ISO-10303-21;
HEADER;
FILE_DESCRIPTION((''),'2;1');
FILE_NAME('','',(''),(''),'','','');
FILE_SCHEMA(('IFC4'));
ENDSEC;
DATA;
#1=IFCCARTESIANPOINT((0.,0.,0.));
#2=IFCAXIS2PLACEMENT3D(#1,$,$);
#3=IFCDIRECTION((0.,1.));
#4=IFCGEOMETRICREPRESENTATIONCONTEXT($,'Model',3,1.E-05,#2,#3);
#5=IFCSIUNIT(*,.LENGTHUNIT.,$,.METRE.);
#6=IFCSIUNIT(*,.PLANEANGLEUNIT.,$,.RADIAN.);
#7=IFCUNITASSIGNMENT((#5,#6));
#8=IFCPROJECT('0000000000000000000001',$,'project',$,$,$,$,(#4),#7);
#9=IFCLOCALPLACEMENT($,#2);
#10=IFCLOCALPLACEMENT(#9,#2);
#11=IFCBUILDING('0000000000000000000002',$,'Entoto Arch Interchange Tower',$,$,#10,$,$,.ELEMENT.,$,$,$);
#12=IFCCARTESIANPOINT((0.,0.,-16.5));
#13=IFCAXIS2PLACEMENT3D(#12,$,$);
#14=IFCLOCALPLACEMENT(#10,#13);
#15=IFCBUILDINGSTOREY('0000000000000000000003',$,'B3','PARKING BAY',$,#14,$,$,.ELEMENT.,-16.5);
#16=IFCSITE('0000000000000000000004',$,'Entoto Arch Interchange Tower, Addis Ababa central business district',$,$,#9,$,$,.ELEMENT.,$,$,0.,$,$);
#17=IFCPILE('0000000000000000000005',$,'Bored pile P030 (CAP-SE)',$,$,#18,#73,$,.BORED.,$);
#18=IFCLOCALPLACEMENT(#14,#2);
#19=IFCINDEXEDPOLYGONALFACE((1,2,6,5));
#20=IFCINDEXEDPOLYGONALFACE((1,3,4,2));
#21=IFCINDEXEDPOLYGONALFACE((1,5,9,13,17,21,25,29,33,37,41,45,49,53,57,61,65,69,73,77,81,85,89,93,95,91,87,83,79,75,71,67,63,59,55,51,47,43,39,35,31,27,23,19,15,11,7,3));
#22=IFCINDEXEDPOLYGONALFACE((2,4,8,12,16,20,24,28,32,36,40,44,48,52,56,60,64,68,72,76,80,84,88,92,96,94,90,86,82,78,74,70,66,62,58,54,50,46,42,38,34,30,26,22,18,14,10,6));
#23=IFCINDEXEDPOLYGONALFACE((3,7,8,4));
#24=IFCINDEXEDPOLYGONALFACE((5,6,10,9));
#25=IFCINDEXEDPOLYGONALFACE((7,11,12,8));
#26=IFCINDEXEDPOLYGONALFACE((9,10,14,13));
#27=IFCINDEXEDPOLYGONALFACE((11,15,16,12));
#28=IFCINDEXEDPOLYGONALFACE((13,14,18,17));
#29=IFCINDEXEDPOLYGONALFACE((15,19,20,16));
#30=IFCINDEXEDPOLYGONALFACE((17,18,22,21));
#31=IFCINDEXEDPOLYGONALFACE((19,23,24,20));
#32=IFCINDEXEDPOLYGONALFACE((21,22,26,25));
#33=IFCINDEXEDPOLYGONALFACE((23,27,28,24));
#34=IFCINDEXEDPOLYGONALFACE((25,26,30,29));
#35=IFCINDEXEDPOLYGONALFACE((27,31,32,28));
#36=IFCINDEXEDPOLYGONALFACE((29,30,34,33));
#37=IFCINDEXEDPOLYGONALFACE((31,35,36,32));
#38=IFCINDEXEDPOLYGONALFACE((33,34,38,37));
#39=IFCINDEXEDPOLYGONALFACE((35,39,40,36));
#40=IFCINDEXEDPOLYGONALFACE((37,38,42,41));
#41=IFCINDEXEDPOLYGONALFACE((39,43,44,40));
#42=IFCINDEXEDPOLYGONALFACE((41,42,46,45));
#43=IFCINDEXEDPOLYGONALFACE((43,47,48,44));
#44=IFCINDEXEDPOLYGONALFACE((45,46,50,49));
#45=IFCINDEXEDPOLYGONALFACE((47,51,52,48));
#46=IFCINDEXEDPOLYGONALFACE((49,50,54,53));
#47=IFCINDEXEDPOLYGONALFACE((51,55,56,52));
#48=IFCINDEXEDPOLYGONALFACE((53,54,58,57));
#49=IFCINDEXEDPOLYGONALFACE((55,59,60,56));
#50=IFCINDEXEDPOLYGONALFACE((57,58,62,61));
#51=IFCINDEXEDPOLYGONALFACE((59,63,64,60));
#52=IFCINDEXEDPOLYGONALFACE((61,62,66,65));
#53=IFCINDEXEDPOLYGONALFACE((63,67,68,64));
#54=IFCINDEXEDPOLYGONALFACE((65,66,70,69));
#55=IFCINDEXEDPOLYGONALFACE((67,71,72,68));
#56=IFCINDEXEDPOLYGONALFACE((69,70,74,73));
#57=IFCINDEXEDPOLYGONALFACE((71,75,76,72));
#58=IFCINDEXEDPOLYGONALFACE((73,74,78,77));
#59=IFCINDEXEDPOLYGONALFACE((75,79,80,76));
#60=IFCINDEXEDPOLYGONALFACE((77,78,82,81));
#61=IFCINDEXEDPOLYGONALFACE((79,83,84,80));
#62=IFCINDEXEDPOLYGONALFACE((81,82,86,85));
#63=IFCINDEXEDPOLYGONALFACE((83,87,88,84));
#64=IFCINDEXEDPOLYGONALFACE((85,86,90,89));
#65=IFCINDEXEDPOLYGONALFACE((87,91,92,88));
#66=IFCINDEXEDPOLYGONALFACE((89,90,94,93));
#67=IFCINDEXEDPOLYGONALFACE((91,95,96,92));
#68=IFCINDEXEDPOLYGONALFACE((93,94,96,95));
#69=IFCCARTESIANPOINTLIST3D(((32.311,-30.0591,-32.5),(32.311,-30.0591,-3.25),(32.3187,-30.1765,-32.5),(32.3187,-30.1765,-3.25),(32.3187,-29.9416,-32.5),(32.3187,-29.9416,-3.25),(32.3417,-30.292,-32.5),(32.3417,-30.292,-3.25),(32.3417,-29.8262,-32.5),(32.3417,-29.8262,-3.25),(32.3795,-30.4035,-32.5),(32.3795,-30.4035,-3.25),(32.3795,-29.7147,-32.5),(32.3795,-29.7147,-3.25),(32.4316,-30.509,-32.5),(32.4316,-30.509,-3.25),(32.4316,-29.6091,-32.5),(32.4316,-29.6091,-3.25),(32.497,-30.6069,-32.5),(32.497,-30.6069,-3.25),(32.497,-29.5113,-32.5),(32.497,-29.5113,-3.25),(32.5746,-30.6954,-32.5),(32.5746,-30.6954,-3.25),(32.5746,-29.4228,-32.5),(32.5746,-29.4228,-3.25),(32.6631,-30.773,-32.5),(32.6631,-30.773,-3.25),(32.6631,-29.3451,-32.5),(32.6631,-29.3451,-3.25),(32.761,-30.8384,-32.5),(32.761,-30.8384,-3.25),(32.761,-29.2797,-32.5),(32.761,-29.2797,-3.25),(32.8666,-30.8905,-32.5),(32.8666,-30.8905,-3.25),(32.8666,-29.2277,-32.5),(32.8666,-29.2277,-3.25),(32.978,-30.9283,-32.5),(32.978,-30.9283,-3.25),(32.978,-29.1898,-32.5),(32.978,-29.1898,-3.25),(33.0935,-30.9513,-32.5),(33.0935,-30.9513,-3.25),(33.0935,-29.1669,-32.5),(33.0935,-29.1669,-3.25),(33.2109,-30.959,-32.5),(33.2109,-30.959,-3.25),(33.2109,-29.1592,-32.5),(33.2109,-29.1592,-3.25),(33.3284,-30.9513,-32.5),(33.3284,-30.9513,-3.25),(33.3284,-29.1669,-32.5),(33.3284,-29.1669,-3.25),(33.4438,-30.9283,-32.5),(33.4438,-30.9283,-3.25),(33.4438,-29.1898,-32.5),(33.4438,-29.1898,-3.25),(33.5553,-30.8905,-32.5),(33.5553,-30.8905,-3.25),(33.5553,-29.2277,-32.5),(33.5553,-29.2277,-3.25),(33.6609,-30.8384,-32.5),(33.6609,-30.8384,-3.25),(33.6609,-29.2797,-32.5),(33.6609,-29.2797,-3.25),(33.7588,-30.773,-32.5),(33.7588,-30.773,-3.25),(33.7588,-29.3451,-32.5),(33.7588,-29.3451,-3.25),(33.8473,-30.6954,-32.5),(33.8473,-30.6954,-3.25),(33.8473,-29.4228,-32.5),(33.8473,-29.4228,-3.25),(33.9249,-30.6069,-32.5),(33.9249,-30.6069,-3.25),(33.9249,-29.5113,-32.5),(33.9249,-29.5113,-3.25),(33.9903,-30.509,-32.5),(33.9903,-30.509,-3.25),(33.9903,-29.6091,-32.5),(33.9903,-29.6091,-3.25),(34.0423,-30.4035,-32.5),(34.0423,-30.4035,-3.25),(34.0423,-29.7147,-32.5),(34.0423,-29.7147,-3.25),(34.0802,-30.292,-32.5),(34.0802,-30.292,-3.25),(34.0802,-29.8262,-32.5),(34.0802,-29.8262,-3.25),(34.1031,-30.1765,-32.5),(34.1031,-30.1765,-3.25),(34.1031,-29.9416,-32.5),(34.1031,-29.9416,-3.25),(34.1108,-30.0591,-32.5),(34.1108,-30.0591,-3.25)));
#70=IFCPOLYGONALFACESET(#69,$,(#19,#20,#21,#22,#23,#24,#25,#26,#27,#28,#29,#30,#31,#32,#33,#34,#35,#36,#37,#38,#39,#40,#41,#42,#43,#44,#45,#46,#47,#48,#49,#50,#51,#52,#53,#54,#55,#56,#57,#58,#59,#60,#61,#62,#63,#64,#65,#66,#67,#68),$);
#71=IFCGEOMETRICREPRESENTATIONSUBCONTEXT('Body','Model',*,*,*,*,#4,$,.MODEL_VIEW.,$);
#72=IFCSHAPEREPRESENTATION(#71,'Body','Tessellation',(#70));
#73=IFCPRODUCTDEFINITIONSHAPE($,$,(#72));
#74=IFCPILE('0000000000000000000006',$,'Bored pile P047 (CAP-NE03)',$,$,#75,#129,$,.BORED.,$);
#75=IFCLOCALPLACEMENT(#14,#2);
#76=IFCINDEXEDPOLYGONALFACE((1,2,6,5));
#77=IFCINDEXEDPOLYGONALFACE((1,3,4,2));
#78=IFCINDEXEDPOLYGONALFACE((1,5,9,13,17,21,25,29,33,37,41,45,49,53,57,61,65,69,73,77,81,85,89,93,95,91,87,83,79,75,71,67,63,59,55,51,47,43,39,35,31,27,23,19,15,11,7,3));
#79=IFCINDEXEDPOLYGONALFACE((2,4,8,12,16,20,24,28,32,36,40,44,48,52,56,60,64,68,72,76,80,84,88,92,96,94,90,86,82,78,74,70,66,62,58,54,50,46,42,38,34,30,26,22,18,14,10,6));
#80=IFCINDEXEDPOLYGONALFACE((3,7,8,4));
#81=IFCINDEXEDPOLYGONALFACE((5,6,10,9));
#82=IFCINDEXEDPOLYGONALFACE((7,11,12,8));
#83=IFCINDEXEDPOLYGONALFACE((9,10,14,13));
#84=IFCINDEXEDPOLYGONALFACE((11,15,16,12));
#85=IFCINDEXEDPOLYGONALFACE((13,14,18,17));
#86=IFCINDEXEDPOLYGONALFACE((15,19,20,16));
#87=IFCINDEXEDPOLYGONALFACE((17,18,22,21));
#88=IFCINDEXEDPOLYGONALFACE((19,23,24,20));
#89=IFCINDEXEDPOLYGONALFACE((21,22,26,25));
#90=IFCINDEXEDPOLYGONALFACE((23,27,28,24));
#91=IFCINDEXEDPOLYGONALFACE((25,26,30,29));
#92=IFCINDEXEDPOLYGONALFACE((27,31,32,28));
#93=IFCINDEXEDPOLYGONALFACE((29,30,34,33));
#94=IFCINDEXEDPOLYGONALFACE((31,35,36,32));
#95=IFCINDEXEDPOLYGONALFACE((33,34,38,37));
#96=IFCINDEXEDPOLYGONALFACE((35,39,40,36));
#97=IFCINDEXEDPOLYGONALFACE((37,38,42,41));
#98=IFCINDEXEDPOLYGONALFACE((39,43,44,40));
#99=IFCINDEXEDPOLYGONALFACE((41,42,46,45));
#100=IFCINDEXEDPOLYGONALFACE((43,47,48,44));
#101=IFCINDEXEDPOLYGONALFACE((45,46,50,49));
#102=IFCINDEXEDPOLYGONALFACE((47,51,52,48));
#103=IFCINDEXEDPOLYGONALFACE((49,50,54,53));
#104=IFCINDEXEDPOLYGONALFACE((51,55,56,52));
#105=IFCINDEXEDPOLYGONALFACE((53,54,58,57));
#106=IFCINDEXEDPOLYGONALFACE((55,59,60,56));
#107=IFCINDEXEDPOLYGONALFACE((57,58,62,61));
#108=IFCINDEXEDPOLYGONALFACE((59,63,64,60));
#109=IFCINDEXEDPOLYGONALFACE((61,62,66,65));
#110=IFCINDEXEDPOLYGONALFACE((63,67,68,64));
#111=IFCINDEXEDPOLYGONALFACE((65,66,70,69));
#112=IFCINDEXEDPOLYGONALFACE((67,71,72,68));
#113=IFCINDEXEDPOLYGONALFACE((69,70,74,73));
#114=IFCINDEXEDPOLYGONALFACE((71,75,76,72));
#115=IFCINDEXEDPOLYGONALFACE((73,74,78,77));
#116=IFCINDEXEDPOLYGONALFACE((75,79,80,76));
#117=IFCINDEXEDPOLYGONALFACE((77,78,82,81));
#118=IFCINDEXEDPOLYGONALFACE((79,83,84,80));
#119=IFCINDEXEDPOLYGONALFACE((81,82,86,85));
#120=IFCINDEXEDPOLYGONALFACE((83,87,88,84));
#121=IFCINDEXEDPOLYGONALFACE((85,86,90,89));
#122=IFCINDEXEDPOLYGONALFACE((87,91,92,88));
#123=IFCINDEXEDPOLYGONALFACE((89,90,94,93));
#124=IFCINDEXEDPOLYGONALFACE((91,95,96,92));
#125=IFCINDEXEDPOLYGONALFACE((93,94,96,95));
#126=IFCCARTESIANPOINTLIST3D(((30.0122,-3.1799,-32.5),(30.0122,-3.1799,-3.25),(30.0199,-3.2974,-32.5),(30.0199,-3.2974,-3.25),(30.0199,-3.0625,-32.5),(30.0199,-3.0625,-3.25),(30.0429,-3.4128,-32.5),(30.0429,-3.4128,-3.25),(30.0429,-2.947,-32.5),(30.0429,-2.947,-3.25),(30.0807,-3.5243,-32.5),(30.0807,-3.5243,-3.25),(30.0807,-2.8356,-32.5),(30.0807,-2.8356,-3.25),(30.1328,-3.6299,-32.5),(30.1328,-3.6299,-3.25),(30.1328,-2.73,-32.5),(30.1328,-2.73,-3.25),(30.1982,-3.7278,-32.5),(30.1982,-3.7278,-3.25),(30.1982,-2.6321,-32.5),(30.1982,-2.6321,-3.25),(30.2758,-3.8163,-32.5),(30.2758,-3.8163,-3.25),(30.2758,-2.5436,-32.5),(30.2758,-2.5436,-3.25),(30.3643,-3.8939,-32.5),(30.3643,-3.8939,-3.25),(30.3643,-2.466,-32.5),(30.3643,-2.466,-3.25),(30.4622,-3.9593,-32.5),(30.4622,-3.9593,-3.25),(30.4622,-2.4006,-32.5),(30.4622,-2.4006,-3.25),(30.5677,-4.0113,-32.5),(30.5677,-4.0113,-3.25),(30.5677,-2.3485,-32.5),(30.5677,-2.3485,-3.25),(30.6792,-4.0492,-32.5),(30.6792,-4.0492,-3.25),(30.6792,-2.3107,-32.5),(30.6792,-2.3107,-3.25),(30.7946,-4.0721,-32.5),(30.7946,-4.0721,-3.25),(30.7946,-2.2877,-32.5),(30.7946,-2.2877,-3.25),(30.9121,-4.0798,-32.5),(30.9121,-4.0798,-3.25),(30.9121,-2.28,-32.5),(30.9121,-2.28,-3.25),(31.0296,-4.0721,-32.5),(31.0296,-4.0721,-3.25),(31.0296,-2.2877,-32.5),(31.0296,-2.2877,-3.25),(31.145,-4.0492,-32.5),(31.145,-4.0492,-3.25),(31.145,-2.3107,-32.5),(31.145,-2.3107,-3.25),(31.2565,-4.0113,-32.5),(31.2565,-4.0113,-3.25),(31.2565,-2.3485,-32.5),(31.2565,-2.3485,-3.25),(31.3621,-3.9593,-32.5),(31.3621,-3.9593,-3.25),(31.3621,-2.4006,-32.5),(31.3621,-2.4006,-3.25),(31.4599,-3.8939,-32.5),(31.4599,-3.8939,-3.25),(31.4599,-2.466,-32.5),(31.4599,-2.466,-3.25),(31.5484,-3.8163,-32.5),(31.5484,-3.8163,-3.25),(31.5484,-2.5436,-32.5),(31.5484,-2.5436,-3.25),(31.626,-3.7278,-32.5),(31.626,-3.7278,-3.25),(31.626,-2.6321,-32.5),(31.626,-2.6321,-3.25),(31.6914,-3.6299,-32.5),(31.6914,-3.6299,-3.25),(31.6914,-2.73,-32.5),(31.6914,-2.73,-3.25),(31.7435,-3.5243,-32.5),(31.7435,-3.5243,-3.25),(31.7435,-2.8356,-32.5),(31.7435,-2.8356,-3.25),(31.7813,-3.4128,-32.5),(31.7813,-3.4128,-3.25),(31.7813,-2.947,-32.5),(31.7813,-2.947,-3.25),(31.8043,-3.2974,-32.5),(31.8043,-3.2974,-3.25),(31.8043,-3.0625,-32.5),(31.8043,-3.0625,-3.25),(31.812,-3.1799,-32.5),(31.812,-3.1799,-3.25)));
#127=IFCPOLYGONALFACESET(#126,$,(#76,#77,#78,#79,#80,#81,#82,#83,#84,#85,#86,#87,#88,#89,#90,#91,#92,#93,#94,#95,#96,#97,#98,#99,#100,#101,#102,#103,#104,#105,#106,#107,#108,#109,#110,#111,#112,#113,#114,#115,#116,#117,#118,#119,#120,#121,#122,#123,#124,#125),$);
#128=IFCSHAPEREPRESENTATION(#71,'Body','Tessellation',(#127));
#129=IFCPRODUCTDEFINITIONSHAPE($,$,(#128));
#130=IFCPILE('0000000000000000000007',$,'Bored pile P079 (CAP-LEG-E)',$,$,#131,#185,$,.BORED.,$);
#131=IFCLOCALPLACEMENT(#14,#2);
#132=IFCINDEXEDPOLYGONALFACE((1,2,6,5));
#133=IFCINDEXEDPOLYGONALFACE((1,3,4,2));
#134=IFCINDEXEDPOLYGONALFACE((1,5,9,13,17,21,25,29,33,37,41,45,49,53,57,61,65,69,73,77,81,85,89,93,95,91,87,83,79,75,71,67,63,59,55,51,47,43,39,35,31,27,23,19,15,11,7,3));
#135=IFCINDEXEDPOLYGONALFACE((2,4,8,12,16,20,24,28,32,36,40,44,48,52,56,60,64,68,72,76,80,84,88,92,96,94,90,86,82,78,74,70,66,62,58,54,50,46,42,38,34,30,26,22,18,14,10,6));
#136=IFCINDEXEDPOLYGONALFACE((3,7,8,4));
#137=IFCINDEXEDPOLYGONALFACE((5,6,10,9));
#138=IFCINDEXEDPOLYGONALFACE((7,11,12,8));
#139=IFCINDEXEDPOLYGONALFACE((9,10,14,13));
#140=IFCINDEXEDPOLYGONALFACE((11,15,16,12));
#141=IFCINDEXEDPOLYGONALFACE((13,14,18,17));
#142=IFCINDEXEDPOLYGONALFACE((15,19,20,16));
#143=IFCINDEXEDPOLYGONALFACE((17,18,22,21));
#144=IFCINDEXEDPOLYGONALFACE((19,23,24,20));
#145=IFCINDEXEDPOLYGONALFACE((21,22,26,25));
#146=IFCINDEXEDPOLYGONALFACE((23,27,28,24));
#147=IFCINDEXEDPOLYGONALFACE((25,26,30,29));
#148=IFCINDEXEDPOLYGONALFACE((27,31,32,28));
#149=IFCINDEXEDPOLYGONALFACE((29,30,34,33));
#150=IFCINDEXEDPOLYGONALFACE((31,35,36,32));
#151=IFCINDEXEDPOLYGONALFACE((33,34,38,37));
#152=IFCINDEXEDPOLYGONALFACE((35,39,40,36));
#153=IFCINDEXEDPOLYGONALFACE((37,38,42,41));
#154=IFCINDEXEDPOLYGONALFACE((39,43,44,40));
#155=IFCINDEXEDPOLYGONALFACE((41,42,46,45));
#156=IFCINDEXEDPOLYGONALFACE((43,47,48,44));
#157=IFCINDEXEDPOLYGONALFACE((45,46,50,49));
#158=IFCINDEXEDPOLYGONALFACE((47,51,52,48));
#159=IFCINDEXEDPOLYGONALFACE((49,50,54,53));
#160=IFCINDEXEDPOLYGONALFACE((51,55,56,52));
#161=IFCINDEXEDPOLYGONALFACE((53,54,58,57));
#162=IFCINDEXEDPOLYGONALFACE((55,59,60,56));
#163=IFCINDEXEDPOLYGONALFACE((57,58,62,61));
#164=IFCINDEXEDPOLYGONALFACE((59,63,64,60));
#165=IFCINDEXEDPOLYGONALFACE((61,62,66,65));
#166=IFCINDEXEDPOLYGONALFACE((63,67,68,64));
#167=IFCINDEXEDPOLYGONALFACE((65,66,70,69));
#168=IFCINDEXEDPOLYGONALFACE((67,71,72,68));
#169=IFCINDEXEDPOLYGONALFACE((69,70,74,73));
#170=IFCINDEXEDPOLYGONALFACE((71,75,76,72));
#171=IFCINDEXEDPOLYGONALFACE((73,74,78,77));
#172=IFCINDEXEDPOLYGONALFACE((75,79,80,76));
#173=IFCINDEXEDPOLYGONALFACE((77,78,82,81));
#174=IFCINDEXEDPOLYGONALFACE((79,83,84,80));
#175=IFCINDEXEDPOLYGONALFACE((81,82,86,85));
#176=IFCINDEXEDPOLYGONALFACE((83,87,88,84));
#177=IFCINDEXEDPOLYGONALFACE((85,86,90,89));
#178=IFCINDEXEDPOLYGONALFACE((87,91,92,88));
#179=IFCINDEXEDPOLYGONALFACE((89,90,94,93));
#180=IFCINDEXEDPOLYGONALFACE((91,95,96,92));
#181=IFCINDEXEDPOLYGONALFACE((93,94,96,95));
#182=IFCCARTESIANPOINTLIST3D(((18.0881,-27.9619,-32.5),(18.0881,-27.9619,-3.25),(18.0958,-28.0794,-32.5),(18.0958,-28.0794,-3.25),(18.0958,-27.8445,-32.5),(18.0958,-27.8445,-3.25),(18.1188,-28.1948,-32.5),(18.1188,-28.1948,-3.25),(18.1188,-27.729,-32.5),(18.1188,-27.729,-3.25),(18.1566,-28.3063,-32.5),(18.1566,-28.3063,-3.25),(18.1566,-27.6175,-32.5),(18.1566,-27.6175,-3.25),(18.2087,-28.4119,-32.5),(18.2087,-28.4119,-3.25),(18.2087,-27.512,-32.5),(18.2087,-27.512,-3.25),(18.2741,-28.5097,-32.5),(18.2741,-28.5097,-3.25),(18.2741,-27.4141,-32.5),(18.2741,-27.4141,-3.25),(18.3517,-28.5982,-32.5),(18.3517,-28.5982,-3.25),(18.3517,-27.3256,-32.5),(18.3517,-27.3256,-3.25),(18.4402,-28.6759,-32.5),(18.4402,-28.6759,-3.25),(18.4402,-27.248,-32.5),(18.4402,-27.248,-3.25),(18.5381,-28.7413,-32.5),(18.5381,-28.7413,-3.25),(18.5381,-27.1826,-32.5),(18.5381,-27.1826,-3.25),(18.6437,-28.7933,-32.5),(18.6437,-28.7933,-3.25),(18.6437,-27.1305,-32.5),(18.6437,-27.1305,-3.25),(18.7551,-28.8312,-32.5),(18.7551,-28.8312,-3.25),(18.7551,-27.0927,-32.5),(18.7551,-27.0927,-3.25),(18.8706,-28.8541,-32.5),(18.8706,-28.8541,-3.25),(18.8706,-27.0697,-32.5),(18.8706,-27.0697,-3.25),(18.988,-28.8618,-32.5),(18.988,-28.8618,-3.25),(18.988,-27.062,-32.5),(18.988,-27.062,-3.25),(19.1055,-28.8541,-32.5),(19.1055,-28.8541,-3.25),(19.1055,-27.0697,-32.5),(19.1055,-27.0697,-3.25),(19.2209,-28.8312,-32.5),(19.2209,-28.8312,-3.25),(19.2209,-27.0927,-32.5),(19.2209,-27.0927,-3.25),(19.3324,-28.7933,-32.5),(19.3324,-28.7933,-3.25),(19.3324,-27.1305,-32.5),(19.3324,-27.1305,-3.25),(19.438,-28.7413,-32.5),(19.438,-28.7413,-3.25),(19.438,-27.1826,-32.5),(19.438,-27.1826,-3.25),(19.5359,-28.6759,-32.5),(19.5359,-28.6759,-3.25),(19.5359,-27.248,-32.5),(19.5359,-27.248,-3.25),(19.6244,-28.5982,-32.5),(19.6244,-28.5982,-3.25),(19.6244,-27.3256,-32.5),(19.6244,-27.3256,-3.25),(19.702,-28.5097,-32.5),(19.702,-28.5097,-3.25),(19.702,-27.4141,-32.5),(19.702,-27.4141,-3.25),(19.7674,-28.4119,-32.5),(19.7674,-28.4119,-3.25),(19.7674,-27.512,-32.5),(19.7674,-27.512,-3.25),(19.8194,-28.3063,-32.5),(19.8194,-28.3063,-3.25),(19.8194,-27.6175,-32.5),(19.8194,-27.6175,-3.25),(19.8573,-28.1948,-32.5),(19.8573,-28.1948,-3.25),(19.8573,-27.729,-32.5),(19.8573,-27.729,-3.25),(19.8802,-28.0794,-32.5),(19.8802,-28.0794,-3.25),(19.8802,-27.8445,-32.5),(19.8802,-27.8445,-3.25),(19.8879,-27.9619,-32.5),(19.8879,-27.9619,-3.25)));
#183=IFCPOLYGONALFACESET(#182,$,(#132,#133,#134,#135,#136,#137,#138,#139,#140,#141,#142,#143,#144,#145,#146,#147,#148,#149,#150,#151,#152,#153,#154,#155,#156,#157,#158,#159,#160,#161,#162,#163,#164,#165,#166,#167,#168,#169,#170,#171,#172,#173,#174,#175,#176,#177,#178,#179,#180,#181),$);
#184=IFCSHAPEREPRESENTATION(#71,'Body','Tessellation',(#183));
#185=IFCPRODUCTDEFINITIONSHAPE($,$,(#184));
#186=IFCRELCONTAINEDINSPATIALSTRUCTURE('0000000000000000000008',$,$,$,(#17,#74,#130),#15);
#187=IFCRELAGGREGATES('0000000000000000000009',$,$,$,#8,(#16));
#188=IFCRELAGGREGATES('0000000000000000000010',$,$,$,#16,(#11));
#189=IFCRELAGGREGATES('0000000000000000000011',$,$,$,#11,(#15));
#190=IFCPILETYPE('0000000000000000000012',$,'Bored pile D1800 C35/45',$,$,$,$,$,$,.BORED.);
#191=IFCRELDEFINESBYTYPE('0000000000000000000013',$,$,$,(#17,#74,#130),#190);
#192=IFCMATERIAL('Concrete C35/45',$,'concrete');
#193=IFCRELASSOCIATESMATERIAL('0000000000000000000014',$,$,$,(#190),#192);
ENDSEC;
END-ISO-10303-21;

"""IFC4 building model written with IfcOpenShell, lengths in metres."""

from ifc_helpers import new_model, si_unit, direction, frame, origin, origin_2d, place, context, subcontext, project, spatial, circle, extrude, material, material_profile, profile_set, type_object, element, save


model = new_model("IFC4")

# Units and contexts
model_context = context("Model", 3, precision=1e-05, world=origin(), true_north=direction((0.0, 1.0)))
body_context = subcontext(model_context, "Body", "Model", "MODEL_VIEW")
ifc_project = project(units=[si_unit("LENGTHUNIT", "METRE"), si_unit("PLANEANGLEUNIT", "RADIAN")], contexts=[model_context])

# Site, building, storey
site_placement = place(None, origin())
site = spatial("IfcSite", under=ifc_project, at=site_placement, Name="Entoto Arch Interchange Tower, Addis Ababa central business district", CompositionType="ELEMENT", RefElevation=0.0)
building_placement = place(site_placement, origin())
building = spatial("IfcBuilding", under=site, at=building_placement, Name="Entoto Arch Interchange Tower", CompositionType="ELEMENT")
storey_placement = place(building_placement, frame((0.0, 0.0, -16.5)))
storey = spatial("IfcBuildingStorey", under=building, at=storey_placement, Name="B3", Description="PARKING BAY", CompositionType="ELEMENT", Elevation=-16.5)

# Piles
ifc_material_1 = material(Name="Concrete C35/45", Category="concrete")
ifc_material_profile_1 = material_profile(ifc_material_1, circle(Radius=0.8999, at=origin_2d()))
ifc_profile_set_1 = profile_set([ifc_material_profile_1], Name="Concrete C35/45")
pile_type = type_object("IfcPileType", Name="Bored pile D1800 C35/45", PredefinedType="BORED", material=ifc_profile_set_1)
for number, where, z_axis, x_axis, name in (
    (1, (33.2109, -30.0591, -3.25), (0.0, 0.0, -1.0), (1.0, 0.0, 0.0), "Bored pile P030 (CAP-SE)"),
    (2, (30.9121, -3.1799, -3.25), (0.0, 0.0, -1.0), (1.0, 0.0, 0.0), "Bored pile P047 (CAP-NE03)"),
    (3, (18.988, -27.9619, -3.25), (0.0, 0.0, -1.0), (1.0, 0.0, 0.0), "Bored pile P079 (CAP-LEG-E)"),
):
    element("IfcPile", number, at=place(storey_placement, frame(where, z_axis=z_axis, x_axis=x_axis)), inside=storey, type_object=pile_type, Name=name, PredefinedType="BORED", context=body_context, shape_type="SweptSolid", body=[
        extrude(circle(Radius=0.8999, at=origin_2d()), origin(), (0.0, 0.0, 1.0), 29.25),
    ])

save(model, "model.ifc")
